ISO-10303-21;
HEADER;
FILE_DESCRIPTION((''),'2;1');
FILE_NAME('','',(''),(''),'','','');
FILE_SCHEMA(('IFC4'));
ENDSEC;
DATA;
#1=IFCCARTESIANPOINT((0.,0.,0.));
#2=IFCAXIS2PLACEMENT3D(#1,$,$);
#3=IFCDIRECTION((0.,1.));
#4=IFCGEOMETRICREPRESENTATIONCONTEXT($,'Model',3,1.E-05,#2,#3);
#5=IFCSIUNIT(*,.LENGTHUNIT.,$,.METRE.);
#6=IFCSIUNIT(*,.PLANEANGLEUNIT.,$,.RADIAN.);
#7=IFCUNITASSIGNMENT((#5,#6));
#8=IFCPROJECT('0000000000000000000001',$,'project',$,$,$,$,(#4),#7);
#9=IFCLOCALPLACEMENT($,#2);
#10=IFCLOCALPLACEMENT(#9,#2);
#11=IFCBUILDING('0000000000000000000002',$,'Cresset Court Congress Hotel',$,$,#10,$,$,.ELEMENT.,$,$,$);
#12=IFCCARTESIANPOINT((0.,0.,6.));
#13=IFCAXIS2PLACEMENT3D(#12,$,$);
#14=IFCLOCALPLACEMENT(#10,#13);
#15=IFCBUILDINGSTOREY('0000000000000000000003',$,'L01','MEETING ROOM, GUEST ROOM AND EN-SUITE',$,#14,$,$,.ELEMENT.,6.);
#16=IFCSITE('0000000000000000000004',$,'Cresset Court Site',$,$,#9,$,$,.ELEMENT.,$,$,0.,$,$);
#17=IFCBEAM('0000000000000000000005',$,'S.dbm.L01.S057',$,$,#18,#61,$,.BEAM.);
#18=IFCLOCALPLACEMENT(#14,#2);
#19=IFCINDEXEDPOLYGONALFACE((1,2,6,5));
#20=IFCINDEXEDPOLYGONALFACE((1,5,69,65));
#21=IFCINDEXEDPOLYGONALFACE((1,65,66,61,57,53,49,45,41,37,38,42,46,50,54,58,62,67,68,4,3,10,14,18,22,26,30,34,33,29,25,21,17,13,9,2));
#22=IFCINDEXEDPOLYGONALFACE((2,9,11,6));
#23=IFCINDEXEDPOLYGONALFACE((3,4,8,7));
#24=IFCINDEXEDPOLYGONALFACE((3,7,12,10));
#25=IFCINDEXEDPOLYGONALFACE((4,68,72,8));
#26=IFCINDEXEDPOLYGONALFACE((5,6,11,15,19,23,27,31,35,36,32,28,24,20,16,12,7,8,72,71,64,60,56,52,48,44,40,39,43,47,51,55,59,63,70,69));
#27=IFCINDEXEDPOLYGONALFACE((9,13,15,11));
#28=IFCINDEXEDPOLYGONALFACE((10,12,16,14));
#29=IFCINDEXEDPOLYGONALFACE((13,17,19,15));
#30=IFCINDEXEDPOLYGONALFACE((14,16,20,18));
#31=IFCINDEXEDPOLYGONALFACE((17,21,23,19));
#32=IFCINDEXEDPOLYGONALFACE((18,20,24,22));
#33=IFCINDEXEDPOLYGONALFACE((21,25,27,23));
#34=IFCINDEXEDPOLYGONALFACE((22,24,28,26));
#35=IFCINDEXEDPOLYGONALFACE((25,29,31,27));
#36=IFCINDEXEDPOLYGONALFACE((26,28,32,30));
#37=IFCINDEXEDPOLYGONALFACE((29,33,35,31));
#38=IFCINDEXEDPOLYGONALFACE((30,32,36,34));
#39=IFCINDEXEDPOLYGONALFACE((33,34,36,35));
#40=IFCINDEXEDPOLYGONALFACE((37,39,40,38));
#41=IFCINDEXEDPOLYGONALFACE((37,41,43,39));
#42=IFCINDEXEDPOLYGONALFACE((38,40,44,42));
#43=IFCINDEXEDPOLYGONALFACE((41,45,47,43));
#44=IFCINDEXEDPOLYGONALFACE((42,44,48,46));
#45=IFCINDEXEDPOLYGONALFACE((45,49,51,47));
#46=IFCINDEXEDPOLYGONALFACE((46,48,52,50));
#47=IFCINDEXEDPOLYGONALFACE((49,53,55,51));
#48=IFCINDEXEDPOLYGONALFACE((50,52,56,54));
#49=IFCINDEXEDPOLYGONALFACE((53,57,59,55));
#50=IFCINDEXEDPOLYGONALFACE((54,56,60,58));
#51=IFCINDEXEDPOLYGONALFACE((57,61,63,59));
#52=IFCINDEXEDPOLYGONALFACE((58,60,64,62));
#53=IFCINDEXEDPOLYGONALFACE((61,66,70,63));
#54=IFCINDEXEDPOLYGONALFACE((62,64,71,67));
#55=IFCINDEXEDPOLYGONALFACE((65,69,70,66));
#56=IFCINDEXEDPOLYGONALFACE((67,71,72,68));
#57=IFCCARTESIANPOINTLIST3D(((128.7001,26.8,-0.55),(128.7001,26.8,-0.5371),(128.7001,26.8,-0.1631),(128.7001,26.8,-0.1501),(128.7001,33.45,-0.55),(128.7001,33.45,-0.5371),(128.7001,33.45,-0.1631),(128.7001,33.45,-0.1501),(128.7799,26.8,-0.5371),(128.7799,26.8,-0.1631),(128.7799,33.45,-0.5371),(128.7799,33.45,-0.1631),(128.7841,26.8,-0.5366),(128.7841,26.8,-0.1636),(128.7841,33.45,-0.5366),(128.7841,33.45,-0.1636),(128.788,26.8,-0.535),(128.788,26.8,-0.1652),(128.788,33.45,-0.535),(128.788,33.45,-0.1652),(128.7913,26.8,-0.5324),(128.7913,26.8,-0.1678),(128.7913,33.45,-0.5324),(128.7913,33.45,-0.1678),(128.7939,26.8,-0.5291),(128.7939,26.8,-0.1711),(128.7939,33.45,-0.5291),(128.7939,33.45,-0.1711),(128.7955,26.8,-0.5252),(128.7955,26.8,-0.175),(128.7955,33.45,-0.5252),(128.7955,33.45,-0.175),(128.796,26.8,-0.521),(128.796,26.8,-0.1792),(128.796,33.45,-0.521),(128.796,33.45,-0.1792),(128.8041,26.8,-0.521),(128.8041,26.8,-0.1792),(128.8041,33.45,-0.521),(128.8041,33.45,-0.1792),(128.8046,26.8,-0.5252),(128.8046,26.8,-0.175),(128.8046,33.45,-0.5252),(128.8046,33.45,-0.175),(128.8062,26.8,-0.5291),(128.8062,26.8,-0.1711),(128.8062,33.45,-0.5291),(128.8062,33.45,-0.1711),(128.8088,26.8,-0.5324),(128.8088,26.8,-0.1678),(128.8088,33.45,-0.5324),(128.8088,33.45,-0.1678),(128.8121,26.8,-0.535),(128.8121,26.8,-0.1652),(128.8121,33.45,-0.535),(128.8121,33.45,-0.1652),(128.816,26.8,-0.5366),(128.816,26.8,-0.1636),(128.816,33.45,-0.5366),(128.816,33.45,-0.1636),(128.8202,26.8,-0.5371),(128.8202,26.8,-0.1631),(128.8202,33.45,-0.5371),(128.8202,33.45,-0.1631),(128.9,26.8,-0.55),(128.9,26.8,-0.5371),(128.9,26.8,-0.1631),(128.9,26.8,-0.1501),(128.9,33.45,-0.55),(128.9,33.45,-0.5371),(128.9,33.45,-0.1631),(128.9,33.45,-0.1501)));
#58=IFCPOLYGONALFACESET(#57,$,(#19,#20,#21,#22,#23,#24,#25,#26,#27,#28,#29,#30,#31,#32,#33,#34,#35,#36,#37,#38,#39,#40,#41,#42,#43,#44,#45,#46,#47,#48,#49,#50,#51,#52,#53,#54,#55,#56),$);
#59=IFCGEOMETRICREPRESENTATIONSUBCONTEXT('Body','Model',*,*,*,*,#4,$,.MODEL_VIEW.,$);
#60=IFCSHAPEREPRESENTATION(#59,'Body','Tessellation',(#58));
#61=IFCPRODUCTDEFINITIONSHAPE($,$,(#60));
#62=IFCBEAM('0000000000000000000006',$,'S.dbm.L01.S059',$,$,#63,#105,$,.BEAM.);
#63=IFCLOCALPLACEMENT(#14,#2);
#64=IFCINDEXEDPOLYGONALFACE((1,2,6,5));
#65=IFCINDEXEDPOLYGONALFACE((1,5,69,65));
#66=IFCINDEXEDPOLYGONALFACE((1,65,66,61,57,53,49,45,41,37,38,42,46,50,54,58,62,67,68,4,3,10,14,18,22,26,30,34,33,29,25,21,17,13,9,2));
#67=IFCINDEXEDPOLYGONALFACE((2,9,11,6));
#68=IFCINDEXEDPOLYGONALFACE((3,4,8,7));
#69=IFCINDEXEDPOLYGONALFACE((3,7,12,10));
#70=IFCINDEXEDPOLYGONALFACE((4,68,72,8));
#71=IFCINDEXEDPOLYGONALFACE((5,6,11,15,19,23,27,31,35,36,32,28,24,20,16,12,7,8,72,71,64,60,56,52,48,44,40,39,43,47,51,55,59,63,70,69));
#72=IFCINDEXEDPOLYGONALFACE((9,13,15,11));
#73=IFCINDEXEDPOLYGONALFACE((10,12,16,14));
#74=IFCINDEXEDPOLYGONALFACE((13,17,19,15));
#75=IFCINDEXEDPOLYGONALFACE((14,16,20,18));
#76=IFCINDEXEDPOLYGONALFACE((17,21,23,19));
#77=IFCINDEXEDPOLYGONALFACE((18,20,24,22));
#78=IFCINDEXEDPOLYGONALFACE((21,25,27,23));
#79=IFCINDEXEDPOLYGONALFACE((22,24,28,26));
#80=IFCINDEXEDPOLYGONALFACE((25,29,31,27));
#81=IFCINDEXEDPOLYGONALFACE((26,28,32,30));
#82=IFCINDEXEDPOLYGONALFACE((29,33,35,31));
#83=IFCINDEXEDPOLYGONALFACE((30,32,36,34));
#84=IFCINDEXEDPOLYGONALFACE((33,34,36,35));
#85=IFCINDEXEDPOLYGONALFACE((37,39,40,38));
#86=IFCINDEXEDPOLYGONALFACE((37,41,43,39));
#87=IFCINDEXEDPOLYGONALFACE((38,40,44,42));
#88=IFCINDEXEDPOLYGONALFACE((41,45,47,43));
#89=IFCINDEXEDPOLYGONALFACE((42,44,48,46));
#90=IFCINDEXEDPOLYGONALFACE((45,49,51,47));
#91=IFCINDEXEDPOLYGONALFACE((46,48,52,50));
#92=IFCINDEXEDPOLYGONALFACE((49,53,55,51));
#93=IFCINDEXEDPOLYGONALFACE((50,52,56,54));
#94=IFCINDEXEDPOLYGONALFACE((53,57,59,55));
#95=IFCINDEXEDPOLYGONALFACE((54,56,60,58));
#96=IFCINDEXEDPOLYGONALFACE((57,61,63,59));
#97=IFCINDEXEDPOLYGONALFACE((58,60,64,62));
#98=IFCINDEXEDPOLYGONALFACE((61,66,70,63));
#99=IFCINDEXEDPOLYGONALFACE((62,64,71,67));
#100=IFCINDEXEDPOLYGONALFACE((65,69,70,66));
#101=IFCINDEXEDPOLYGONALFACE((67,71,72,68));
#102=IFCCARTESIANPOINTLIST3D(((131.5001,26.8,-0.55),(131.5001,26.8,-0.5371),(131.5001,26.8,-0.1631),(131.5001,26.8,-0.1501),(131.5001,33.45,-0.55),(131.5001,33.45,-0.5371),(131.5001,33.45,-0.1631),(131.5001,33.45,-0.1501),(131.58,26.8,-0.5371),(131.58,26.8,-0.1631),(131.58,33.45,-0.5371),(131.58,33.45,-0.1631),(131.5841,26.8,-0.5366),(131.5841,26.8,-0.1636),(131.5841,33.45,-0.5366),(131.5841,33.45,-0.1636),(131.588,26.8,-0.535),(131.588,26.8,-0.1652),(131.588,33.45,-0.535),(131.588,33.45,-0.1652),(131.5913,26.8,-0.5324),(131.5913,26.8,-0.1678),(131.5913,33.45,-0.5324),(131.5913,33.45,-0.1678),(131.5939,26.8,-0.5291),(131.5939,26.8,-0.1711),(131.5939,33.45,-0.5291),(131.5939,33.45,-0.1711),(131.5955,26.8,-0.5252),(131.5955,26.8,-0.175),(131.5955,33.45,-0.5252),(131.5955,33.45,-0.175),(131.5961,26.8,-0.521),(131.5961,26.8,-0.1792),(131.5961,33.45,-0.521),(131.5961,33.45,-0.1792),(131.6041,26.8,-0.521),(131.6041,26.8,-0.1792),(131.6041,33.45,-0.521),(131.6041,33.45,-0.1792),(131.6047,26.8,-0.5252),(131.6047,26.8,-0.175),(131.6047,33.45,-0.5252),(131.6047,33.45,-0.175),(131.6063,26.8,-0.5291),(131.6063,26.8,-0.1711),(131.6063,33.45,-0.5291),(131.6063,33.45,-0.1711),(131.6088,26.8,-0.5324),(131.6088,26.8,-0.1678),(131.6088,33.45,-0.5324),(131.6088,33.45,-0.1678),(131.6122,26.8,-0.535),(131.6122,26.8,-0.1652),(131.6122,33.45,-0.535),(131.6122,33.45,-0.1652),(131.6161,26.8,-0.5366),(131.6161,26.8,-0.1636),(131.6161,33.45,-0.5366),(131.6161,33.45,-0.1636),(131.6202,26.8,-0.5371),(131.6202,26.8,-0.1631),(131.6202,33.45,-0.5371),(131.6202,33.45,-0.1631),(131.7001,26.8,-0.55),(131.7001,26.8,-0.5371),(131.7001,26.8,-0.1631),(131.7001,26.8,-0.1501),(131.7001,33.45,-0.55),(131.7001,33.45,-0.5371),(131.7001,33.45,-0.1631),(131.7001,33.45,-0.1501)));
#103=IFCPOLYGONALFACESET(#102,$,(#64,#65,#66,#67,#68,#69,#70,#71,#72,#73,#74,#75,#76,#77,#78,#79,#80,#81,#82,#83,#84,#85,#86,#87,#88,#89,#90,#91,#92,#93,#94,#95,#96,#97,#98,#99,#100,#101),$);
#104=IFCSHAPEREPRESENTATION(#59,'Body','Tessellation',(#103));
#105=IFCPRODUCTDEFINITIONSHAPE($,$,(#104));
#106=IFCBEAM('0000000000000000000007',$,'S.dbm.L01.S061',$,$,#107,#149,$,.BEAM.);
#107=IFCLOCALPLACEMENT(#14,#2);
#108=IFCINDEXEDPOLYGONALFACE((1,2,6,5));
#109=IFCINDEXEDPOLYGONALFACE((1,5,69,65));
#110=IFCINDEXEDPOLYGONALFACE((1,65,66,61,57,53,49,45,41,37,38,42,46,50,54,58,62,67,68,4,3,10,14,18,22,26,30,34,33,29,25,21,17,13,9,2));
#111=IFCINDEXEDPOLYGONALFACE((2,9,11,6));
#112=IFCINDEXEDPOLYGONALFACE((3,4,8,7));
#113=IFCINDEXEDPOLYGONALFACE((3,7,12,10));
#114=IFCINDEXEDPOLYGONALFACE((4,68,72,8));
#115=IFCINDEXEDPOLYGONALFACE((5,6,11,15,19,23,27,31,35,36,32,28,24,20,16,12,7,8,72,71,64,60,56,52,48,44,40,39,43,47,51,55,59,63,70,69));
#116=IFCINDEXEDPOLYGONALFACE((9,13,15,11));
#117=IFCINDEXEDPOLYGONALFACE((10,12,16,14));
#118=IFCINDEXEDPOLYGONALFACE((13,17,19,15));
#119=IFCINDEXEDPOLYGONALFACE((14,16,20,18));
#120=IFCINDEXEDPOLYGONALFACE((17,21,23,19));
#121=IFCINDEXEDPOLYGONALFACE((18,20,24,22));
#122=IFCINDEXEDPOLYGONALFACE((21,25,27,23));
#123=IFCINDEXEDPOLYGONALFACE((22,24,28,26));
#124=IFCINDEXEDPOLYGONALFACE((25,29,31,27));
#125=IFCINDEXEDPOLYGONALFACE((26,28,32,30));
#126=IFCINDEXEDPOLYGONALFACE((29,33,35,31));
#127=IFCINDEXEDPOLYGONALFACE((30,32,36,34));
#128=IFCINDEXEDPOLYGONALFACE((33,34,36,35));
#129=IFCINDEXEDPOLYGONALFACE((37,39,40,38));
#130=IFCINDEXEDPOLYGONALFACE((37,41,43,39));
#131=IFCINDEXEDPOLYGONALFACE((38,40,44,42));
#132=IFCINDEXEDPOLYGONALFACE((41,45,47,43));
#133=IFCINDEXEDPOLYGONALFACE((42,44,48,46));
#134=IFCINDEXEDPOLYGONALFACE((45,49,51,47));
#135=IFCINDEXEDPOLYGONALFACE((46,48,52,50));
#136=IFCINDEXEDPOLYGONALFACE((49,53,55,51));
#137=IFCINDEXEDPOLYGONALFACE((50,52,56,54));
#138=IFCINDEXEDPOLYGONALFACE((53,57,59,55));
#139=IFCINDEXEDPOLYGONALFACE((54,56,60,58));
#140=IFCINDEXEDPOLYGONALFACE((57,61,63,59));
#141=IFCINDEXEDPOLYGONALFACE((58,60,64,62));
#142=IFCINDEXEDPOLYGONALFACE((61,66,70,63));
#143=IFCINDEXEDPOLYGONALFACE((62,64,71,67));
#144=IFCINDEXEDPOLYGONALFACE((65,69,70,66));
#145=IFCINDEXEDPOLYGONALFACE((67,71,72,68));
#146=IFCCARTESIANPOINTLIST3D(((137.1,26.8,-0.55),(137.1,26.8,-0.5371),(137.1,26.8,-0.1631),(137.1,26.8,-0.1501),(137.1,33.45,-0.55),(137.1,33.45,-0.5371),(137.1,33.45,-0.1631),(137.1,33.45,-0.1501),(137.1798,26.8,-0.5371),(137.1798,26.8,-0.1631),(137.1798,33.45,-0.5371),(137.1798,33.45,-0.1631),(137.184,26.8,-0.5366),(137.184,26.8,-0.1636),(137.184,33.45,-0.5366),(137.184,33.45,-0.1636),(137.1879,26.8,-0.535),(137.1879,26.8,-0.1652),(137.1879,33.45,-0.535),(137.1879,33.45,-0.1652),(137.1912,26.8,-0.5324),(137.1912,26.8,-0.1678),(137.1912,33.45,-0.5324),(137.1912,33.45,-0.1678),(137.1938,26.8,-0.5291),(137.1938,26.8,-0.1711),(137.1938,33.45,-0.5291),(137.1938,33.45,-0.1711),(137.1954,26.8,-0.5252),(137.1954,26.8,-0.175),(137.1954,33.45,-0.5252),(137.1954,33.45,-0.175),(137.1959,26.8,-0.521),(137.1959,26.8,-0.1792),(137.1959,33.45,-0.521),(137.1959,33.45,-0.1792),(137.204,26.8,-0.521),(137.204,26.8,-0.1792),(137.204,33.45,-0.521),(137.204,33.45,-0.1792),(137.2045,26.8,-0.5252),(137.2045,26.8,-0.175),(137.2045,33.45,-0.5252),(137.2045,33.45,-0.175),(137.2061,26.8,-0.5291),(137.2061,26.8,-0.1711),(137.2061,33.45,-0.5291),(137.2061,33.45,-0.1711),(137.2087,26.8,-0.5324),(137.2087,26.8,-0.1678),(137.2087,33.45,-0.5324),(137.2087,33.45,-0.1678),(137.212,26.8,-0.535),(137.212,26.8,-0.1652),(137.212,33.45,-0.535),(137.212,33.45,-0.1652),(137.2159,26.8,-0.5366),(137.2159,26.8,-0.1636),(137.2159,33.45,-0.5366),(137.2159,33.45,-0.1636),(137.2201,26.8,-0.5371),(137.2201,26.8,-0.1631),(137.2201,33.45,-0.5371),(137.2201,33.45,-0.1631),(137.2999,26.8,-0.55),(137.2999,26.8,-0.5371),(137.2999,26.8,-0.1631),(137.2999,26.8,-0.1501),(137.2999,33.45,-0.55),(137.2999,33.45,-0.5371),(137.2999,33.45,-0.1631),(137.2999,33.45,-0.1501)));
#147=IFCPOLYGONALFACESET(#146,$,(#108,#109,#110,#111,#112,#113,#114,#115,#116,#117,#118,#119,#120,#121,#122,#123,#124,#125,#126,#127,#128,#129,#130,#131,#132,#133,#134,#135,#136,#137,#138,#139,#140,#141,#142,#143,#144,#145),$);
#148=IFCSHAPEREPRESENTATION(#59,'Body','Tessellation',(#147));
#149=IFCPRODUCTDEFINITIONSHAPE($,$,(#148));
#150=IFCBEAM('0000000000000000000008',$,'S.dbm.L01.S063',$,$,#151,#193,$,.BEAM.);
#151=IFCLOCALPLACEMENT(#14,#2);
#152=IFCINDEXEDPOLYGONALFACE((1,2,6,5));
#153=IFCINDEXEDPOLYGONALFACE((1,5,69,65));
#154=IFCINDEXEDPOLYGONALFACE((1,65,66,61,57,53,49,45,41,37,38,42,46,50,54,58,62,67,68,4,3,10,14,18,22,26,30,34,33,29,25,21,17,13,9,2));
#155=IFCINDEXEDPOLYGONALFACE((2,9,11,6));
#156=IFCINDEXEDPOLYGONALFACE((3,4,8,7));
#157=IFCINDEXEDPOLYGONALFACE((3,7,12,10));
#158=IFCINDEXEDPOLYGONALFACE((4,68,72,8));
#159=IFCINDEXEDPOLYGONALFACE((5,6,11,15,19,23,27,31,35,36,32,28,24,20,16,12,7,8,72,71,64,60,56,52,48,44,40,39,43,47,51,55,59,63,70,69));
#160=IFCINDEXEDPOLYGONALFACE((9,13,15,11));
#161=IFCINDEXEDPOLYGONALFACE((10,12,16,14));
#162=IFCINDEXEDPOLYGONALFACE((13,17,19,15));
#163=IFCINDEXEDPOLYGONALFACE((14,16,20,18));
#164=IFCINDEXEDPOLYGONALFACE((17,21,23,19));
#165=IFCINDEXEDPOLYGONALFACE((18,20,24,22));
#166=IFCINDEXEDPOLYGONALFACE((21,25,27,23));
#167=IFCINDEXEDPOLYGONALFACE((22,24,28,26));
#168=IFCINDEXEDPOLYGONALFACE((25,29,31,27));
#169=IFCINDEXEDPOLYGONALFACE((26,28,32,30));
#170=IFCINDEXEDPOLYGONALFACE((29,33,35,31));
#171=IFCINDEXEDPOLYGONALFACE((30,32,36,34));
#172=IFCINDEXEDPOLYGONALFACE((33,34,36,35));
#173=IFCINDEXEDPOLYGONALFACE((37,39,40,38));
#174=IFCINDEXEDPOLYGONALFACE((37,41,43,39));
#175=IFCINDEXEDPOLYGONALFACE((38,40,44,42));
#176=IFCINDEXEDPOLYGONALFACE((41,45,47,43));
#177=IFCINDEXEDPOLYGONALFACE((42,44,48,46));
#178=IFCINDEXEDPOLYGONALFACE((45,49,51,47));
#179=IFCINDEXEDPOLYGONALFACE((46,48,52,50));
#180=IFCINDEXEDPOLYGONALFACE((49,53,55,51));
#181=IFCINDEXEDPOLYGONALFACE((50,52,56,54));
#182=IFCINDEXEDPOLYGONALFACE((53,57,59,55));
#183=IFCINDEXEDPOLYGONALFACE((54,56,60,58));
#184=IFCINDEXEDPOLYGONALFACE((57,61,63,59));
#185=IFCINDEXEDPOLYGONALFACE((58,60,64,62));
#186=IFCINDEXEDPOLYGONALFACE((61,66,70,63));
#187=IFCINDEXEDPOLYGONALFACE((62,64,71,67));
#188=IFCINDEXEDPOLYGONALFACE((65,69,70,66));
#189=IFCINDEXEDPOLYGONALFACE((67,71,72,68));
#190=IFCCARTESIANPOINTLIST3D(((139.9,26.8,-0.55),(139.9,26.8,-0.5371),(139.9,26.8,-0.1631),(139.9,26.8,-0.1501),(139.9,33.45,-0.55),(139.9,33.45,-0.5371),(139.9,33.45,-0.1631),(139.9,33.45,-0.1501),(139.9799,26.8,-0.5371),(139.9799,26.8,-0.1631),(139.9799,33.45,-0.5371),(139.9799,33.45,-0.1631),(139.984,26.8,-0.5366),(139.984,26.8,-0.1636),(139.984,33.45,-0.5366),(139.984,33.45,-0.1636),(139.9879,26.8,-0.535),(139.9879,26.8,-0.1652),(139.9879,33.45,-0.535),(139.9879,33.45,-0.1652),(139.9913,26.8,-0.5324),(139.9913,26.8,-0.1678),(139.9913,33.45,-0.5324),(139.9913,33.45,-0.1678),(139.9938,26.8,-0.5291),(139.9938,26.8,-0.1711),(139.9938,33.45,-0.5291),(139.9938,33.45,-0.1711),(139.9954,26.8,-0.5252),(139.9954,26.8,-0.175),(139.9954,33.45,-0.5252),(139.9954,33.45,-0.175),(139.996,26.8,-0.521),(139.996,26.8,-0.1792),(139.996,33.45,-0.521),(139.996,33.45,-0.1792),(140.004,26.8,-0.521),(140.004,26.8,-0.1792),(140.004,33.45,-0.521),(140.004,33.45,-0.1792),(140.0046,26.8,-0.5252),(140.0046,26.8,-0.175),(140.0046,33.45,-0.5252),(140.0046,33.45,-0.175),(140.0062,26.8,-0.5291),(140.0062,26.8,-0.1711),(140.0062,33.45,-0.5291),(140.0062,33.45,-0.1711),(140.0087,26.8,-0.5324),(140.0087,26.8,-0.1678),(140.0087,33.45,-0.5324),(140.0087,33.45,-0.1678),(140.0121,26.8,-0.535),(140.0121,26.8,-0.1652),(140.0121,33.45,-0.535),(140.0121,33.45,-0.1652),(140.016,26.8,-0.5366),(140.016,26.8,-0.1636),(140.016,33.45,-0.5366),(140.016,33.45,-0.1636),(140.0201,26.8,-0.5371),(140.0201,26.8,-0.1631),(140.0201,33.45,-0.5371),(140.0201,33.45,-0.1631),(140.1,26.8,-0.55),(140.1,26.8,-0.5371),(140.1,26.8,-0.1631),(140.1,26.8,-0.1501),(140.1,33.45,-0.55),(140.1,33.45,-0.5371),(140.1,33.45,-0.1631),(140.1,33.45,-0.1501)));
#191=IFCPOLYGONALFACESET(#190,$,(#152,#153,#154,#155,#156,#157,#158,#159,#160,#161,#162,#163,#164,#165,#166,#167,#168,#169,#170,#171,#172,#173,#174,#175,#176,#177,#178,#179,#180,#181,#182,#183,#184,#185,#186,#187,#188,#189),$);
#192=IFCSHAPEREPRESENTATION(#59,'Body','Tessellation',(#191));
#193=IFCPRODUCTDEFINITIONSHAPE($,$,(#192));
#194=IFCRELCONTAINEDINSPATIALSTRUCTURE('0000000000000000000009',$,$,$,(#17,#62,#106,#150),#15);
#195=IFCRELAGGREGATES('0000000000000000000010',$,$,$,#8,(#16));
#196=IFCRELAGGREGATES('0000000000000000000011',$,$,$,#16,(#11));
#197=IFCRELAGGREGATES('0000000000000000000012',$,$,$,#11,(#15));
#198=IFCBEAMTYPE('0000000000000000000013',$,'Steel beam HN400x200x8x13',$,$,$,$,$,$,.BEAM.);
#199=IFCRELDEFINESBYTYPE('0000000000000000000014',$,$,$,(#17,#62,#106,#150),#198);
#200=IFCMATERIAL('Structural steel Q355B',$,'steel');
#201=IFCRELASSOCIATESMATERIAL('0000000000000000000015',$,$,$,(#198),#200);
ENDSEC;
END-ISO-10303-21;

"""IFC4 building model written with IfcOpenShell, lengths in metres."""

from ifc_helpers import new_model, si_unit, direction, frame, origin, origin_2d, place, context, subcontext, project, spatial, i_section, extrude, material, material_profile, profile_set, type_object, element, save


model = new_model("IFC4")

# Units and contexts
model_context = context("Model", 3, precision=1e-05, world=origin(), true_north=direction((0.0, 1.0)))
body_context = subcontext(model_context, "Body", "Model", "MODEL_VIEW")
ifc_project = project(units=[si_unit("LENGTHUNIT", "METRE"), si_unit("PLANEANGLEUNIT", "RADIAN")], contexts=[model_context])

# Site, building, storey
site_placement = place(None, origin())
site = spatial("IfcSite", under=ifc_project, at=site_placement, Name="Cresset Court Site", CompositionType="ELEMENT", RefElevation=0.0)
building_placement = place(site_placement, origin())
building = spatial("IfcBuilding", under=site, at=building_placement, Name="Cresset Court Congress Hotel", CompositionType="ELEMENT")
storey_placement = place(building_placement, frame((0.0, 0.0, 6.0)))
storey = spatial("IfcBuildingStorey", under=building, at=storey_placement, Name="L01", Description="MEETING ROOM, GUEST ROOM AND EN-SUITE", CompositionType="ELEMENT", Elevation=6.0)

# Beams
ifc_material_1 = material(Name="Structural steel Q355B", Category="steel")
ifc_material_profile_1 = material_profile(ifc_material_1, i_section(OverallWidth=0.2, OverallDepth=0.3999, WebThickness=0.0081, FlangeThickness=0.0129, FilletRadius=0.0161, at=origin_2d()), Name="HN400x200x8x13")
ifc_profile_set_1 = profile_set([ifc_material_profile_1], Name="Structural steel Q355B")
beam_type_1 = type_object("IfcBeamType", Name="Steel beam HN400x200x8x13", PredefinedType="BEAM", material=ifc_profile_set_1)
for number, where, z_axis, x_axis, name in (
    (1, (128.8, 26.8, -0.3501), (0.0, 1.0, 0.0), (-1.0, 0.0, 0.0), "S.dbm.L01.S057"),
    (2, (131.6001, 26.8, -0.3501), (0.0, 1.0, 0.0), (-1.0, 0.0, 0.0), "S.dbm.L01.S059"),
    (3, (137.2, 26.8, -0.3501), (0.0, 1.0, 0.0), (-1.0, 0.0, 0.0), "S.dbm.L01.S061"),
    (4, (140.0, 26.8, -0.3501), (0.0, 1.0, 0.0), (-1.0, 0.0, 0.0), "S.dbm.L01.S063"),
):
    element("IfcBeam", number, at=place(storey_placement, frame(where, z_axis=z_axis, x_axis=x_axis)), inside=storey, type_object=beam_type_1, Name=name, PredefinedType="BEAM", context=body_context, shape_type="SweptSolid", body=[
        extrude(i_section(OverallWidth=0.2, OverallDepth=0.3999, WebThickness=0.0081, FlangeThickness=0.0129, FilletRadius=0.0161, at=origin_2d()), origin(), (0.0, 0.0, 1.0), 6.6499),
    ])

save(model, "model.ifc")
